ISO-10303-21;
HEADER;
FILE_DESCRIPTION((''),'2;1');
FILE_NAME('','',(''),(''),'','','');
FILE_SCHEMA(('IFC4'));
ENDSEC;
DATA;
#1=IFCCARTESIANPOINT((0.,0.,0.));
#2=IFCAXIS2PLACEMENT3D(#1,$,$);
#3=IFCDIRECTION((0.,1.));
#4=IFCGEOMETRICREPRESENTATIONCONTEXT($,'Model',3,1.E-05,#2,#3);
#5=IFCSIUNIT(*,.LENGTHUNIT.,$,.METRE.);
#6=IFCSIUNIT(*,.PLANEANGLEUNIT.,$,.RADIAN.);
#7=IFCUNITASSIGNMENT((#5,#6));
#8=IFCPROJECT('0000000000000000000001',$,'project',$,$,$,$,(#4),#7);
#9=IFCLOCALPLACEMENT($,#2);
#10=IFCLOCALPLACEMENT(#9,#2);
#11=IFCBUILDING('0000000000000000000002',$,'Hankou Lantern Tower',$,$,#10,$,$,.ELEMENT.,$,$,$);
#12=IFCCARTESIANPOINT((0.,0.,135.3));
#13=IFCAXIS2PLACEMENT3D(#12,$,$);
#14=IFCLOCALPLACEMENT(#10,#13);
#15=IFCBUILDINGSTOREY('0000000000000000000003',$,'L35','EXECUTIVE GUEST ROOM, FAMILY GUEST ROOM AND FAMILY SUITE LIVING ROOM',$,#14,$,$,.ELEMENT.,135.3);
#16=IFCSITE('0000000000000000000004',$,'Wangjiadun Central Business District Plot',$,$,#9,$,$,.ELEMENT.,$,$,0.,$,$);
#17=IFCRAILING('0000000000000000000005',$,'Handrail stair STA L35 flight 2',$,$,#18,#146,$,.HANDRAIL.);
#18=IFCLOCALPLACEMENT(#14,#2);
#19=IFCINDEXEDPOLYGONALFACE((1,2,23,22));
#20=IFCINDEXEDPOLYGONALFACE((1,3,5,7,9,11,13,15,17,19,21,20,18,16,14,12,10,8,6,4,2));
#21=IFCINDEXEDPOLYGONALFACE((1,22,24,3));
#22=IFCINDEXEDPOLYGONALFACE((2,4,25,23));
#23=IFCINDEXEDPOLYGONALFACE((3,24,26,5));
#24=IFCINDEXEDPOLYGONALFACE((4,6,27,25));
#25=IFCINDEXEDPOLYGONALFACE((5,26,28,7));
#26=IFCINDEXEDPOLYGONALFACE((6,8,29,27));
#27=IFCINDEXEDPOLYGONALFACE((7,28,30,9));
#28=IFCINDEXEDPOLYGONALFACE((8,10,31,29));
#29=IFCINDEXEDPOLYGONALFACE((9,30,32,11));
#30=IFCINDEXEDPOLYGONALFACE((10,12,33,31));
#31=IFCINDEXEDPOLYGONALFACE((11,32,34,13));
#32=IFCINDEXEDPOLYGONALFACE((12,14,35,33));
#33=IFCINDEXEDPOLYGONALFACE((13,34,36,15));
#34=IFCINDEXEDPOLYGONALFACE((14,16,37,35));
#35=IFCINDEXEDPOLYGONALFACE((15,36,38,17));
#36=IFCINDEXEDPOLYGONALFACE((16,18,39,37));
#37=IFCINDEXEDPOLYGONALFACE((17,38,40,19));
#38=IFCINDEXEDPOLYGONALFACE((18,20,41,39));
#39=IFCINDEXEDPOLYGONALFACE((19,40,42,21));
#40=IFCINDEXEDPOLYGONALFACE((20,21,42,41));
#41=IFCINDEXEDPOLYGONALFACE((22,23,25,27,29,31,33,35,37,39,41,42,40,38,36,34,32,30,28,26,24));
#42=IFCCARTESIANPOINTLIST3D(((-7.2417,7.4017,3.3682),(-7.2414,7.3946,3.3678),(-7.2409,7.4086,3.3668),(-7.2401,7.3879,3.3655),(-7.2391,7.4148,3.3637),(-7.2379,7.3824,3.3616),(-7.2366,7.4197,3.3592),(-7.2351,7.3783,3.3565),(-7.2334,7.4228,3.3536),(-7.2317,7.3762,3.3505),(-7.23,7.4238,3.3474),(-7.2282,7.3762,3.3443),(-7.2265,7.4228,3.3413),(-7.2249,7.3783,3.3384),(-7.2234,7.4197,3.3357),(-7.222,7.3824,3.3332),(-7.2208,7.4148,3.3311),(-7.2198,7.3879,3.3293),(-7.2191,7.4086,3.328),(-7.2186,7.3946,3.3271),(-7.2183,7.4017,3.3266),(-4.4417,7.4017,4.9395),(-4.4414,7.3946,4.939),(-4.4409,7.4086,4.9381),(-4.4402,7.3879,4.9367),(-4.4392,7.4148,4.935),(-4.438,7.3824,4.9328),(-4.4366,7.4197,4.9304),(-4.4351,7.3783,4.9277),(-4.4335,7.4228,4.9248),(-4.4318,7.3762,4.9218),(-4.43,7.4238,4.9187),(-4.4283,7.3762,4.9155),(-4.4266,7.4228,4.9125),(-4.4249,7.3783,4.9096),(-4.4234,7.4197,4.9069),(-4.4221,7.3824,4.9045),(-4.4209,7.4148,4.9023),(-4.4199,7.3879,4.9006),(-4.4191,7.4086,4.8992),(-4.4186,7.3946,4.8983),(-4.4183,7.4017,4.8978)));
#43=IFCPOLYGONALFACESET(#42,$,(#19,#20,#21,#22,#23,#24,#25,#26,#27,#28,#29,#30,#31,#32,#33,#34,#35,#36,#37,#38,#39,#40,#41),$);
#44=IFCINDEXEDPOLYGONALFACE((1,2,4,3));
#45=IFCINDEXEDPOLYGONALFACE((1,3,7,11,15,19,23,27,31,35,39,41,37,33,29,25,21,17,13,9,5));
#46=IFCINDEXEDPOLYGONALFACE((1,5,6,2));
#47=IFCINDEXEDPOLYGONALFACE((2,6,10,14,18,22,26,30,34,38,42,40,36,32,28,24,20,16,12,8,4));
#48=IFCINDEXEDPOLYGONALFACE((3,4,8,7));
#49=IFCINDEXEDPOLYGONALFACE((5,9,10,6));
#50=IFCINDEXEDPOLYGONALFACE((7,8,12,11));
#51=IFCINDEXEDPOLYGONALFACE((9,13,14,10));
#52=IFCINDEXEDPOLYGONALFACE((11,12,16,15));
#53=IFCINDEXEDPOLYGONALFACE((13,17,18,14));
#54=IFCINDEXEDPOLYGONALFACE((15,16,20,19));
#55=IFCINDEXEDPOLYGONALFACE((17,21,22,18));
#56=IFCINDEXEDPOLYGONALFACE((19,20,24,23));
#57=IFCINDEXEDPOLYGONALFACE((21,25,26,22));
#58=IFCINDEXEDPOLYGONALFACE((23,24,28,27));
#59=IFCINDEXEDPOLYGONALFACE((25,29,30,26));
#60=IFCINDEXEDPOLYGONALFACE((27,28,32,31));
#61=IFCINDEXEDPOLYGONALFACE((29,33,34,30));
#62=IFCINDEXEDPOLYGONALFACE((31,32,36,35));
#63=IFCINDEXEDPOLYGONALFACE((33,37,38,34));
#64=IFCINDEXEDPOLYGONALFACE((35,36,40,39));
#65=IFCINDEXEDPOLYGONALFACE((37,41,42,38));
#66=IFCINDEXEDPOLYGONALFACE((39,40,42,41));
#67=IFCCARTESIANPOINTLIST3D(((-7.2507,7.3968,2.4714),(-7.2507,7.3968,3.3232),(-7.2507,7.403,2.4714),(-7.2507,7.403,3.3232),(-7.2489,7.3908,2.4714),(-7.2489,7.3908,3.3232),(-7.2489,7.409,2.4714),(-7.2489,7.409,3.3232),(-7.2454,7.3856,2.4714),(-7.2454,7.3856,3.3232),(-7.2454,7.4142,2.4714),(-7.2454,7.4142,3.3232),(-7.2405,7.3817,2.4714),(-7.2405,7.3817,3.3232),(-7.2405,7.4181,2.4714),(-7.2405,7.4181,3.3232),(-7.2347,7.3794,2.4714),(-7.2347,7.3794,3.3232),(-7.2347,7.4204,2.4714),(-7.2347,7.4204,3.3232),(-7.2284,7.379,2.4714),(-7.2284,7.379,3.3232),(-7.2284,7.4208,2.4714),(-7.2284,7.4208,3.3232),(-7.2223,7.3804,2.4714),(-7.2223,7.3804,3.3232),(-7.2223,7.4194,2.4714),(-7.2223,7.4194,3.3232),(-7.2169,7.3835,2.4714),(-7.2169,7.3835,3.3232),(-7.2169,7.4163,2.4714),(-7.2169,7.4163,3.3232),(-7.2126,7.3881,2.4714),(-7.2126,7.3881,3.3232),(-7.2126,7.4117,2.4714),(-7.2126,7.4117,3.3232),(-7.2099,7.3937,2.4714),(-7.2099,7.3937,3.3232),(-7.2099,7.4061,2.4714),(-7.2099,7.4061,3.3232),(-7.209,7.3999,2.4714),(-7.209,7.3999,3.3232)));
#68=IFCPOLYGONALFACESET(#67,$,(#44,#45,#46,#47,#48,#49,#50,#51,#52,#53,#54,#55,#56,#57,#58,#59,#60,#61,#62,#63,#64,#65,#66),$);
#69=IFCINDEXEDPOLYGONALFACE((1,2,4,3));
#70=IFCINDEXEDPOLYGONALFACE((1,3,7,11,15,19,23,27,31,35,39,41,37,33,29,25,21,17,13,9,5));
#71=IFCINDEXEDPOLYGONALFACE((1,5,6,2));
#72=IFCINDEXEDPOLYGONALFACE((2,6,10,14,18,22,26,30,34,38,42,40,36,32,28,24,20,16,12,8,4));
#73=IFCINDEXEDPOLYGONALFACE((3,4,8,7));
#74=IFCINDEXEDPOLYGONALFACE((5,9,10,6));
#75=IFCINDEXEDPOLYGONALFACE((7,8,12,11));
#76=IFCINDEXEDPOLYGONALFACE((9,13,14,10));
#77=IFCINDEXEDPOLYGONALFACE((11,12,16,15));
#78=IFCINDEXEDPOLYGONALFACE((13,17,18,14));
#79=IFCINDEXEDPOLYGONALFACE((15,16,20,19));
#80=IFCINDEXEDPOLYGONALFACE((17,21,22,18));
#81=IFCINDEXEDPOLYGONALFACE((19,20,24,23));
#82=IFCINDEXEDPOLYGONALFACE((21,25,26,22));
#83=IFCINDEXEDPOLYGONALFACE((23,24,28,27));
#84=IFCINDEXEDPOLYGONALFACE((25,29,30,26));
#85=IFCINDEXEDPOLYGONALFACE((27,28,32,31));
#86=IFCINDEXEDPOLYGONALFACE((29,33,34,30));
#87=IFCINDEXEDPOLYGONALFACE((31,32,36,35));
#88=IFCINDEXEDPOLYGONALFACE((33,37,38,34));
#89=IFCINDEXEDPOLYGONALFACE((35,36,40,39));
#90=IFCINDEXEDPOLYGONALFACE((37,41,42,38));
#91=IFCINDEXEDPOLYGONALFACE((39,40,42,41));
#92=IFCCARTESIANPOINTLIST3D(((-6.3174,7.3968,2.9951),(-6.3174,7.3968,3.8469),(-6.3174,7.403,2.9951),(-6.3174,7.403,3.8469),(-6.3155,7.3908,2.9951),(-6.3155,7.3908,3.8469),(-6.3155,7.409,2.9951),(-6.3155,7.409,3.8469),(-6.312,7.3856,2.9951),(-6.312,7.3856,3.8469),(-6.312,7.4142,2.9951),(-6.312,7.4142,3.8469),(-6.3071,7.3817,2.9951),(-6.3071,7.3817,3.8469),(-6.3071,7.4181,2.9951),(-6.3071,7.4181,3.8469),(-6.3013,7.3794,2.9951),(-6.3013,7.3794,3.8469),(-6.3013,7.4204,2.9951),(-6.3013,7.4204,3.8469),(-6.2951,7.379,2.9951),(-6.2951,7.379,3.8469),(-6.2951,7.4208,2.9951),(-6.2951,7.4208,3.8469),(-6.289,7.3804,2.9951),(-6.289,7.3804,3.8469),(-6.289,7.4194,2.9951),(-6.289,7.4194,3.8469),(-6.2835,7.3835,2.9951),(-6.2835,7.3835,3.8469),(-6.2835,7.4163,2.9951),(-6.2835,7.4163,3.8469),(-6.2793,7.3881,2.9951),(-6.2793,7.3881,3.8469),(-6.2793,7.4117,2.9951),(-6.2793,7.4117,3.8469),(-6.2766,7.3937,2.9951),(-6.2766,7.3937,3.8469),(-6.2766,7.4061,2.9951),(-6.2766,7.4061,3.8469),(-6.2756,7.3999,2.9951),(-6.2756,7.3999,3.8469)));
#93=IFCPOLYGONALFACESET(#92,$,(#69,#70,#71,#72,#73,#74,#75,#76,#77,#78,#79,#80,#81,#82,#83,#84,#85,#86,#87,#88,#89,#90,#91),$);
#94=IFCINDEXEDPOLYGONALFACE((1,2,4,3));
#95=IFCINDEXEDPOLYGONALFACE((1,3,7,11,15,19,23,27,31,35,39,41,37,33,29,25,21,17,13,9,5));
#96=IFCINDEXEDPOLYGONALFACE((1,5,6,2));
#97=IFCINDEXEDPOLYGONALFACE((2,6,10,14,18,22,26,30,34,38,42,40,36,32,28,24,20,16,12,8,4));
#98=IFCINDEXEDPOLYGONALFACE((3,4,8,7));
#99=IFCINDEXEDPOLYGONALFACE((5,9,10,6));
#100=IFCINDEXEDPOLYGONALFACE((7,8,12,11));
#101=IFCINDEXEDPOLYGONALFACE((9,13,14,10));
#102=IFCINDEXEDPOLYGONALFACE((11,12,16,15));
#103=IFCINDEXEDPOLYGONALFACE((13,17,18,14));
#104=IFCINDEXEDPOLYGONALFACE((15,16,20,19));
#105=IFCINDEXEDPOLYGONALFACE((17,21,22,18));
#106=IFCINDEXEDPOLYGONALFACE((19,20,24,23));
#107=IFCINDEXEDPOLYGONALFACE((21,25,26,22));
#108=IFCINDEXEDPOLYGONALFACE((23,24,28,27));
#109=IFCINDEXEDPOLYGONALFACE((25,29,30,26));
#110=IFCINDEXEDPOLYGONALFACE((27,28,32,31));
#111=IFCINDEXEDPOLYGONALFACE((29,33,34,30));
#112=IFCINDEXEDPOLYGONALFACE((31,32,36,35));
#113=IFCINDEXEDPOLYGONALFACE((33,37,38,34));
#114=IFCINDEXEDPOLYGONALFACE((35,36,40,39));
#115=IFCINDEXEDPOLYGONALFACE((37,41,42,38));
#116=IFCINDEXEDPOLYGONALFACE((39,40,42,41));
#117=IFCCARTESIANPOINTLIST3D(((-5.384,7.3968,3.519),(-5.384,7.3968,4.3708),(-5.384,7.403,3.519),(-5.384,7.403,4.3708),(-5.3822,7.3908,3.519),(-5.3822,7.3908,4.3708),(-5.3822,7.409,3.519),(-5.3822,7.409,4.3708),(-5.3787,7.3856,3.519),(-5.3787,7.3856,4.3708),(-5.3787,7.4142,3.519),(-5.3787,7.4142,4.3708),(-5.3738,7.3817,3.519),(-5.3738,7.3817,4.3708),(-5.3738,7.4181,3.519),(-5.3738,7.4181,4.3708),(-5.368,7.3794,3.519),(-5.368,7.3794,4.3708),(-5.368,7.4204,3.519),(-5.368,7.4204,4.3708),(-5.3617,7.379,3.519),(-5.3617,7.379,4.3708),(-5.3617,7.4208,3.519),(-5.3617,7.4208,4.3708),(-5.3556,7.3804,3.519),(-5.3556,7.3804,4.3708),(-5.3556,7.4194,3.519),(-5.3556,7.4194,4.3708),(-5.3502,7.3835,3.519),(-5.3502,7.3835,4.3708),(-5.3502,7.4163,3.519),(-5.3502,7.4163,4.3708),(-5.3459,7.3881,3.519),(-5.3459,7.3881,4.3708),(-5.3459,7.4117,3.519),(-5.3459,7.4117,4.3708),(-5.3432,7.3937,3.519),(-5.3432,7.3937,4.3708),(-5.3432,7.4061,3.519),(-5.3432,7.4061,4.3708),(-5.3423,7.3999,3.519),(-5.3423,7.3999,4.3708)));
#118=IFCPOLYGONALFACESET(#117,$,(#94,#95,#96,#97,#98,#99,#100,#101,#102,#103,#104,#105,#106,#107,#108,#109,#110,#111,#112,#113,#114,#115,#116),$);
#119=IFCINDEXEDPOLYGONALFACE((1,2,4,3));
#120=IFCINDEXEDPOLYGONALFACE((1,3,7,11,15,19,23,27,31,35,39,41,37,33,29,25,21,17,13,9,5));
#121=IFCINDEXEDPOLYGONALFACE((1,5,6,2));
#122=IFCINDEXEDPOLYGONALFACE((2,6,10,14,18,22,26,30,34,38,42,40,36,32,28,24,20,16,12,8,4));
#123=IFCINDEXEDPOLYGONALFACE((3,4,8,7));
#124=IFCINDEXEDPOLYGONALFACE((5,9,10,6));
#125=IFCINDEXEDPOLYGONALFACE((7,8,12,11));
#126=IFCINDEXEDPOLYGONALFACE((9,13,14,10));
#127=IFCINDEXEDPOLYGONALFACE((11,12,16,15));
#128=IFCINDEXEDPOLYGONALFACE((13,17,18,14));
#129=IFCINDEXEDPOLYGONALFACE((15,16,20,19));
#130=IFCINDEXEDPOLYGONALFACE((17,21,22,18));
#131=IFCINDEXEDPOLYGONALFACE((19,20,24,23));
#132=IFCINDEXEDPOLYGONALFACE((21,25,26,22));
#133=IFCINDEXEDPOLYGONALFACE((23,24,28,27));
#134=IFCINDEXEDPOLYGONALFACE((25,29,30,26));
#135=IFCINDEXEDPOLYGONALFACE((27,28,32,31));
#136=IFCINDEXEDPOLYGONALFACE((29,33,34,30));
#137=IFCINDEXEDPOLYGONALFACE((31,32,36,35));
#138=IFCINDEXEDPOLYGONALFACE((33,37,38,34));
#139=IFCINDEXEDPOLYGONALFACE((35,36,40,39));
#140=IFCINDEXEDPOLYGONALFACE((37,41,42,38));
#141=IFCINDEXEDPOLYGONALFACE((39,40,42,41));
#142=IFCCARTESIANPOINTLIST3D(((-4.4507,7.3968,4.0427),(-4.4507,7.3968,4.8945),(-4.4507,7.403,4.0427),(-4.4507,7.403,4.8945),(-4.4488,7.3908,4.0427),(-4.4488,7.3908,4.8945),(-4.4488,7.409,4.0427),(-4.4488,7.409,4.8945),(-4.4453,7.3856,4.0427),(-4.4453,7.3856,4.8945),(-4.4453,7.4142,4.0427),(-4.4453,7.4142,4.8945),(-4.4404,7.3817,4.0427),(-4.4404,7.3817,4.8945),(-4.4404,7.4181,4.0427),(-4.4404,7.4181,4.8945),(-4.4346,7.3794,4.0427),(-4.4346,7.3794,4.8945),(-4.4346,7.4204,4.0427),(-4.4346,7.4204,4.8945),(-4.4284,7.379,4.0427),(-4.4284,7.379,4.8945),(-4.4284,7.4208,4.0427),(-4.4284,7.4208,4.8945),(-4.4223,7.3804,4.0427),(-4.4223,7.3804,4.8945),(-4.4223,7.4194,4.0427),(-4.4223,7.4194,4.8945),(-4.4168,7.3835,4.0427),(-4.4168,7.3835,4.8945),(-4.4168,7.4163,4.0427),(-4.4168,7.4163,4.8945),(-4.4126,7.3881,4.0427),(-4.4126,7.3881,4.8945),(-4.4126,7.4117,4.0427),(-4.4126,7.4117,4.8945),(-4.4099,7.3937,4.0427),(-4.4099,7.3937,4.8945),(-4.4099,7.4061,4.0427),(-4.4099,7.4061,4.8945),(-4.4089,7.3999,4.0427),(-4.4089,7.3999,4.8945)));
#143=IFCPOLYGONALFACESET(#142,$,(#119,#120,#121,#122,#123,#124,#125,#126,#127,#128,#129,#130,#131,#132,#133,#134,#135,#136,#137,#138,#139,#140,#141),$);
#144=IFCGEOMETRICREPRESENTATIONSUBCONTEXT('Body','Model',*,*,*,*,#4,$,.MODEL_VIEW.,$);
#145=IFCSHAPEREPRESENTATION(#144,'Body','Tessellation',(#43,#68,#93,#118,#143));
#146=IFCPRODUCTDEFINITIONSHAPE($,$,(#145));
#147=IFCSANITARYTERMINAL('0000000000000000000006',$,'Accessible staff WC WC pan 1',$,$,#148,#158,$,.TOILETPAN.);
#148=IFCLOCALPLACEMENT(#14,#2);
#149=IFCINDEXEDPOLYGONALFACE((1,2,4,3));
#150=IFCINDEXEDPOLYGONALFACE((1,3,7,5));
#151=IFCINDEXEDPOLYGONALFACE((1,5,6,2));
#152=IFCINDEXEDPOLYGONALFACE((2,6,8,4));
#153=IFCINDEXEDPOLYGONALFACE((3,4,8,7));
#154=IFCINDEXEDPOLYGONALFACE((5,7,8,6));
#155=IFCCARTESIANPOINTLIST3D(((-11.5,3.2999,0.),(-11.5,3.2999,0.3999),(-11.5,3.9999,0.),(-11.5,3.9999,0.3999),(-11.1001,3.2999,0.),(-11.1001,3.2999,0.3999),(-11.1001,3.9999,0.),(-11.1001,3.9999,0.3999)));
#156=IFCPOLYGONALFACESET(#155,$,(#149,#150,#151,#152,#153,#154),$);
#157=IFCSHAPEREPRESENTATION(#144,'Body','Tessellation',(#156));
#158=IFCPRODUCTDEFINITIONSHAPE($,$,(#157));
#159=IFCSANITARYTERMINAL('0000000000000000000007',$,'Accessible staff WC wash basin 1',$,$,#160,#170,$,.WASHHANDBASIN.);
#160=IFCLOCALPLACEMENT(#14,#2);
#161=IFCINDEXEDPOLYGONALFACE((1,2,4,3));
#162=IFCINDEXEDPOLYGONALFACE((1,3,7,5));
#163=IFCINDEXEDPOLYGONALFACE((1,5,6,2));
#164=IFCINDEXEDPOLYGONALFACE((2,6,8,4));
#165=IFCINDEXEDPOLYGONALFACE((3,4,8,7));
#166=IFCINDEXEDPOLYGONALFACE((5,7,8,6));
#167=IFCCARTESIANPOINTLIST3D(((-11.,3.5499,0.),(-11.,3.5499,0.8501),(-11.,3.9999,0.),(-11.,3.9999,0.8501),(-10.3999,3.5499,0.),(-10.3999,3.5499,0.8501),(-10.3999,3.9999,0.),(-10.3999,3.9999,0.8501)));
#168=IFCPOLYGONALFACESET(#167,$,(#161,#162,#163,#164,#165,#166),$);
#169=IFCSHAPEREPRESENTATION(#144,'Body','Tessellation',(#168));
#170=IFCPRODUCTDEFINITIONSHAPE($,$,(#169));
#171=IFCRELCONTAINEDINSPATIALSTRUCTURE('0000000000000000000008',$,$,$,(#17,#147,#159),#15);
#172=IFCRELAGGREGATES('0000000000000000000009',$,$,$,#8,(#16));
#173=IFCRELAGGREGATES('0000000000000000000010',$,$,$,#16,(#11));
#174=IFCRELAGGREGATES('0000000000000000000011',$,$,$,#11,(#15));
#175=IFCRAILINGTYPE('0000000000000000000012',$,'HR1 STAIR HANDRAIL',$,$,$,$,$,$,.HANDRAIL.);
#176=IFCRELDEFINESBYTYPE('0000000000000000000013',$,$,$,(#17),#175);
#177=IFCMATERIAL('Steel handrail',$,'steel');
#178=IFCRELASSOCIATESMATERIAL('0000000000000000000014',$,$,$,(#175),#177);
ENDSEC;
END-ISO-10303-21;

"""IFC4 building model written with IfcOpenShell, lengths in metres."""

from ifc_helpers import new_model, si_unit, direction, frame, origin, origin_2d, place, context, subcontext, project, spatial, rectangle, circle, extrude, material, type_object, element, save


model = new_model("IFC4")

# Units and contexts
model_context = context("Model", 3, precision=1e-05, world=origin(), true_north=direction((0.0, 1.0)))
body_context = subcontext(model_context, "Body", "Model", "MODEL_VIEW")
ifc_project = project(units=[si_unit("LENGTHUNIT", "METRE"), si_unit("PLANEANGLEUNIT", "RADIAN")], contexts=[model_context])

# Site, building, storey
site_placement = place(None, origin())
site = spatial("IfcSite", under=ifc_project, at=site_placement, Name="Wangjiadun Central Business District Plot", CompositionType="ELEMENT", RefElevation=0.0)
building_placement = place(site_placement, origin())
building = spatial("IfcBuilding", under=site, at=building_placement, Name="Hankou Lantern Tower", CompositionType="ELEMENT")
storey_placement = place(building_placement, frame((0.0, 0.0, 135.3)))
storey = spatial("IfcBuildingStorey", under=building, at=storey_placement, Name="L35", Description="EXECUTIVE GUEST ROOM, FAMILY GUEST ROOM AND FAMILY SUITE LIVING ROOM", CompositionType="ELEMENT", Elevation=135.3)

# Railing
ifc_material_1 = material(Name="Steel handrail", Category="steel")
railing_type = type_object("IfcRailingType", Name="HR1 STAIR HANDRAIL", PredefinedType="HANDRAIL", material=ifc_material_1)
railing_placement = place(storey_placement, frame((-7.23, 7.3999, 2.4714)))
element("IfcRailing", 1, at=railing_placement, inside=storey, type_object=railing_type, Name="Handrail stair STA L35 flight 2", PredefinedType="HANDRAIL", context=body_context, shape_type="SweptSolid", body=[
    extrude(circle(Radius=0.0239, at=origin_2d()), frame((0.0, 0.0, 0.876), z_axis=(0.872073, 0.0, 0.489377), x_axis=(0.0, 1.0, 0.0)), (0.0, 0.0, 1.0), 3.2107),
    extrude(circle(Radius=0.021, at=origin_2d()), origin(), (0.0, 0.0, 1.0), 0.8518),
    extrude(circle(Radius=0.021, at=origin_2d()), frame((0.9333, 0.0, 0.5237)), (0.0, 0.0, 1.0), 0.8518),
    extrude(circle(Radius=0.021, at=origin_2d()), frame((1.8667, 0.0, 1.0476)), (0.0, 0.0, 1.0), 0.8518),
    extrude(circle(Radius=0.021, at=origin_2d()), frame((2.8, 0.0, 1.5713)), (0.0, 0.0, 1.0), 0.8518),
])

# Sanitary terminals
sanitary_terminal_1_placement = place(storey_placement, frame((-11.3, 3.6499, 0.0), z_axis=(0.0, 0.0, 1.0), x_axis=(1.0, 0.0, 0.0)))
element("IfcSanitaryTerminal", 2, at=sanitary_terminal_1_placement, inside=storey, Name="Accessible staff WC WC pan 1", PredefinedType="TOILETPAN", context=body_context, shape_type="SweptSolid", body=[
    extrude(rectangle(XDim=0.3999, YDim=0.7, at=origin_2d()), origin(), (0.0, 0.0, 1.0), 0.3999),
])
sanitary_terminal_2_placement = place(storey_placement, frame((-10.7, 3.7749, 0.0), z_axis=(0.0, 0.0, 1.0), x_axis=(1.0, 0.0, 0.0)))
element("IfcSanitaryTerminal", 3, at=sanitary_terminal_2_placement, inside=storey, Name="Accessible staff WC wash basin 1", PredefinedType="WASHHANDBASIN", context=body_context, shape_type="SweptSolid", body=[
    extrude(rectangle(XDim=0.6001, YDim=0.45, at=origin_2d()), origin(), (0.0, 0.0, 1.0), 0.8501),
])

save(model, "model.ifc")
